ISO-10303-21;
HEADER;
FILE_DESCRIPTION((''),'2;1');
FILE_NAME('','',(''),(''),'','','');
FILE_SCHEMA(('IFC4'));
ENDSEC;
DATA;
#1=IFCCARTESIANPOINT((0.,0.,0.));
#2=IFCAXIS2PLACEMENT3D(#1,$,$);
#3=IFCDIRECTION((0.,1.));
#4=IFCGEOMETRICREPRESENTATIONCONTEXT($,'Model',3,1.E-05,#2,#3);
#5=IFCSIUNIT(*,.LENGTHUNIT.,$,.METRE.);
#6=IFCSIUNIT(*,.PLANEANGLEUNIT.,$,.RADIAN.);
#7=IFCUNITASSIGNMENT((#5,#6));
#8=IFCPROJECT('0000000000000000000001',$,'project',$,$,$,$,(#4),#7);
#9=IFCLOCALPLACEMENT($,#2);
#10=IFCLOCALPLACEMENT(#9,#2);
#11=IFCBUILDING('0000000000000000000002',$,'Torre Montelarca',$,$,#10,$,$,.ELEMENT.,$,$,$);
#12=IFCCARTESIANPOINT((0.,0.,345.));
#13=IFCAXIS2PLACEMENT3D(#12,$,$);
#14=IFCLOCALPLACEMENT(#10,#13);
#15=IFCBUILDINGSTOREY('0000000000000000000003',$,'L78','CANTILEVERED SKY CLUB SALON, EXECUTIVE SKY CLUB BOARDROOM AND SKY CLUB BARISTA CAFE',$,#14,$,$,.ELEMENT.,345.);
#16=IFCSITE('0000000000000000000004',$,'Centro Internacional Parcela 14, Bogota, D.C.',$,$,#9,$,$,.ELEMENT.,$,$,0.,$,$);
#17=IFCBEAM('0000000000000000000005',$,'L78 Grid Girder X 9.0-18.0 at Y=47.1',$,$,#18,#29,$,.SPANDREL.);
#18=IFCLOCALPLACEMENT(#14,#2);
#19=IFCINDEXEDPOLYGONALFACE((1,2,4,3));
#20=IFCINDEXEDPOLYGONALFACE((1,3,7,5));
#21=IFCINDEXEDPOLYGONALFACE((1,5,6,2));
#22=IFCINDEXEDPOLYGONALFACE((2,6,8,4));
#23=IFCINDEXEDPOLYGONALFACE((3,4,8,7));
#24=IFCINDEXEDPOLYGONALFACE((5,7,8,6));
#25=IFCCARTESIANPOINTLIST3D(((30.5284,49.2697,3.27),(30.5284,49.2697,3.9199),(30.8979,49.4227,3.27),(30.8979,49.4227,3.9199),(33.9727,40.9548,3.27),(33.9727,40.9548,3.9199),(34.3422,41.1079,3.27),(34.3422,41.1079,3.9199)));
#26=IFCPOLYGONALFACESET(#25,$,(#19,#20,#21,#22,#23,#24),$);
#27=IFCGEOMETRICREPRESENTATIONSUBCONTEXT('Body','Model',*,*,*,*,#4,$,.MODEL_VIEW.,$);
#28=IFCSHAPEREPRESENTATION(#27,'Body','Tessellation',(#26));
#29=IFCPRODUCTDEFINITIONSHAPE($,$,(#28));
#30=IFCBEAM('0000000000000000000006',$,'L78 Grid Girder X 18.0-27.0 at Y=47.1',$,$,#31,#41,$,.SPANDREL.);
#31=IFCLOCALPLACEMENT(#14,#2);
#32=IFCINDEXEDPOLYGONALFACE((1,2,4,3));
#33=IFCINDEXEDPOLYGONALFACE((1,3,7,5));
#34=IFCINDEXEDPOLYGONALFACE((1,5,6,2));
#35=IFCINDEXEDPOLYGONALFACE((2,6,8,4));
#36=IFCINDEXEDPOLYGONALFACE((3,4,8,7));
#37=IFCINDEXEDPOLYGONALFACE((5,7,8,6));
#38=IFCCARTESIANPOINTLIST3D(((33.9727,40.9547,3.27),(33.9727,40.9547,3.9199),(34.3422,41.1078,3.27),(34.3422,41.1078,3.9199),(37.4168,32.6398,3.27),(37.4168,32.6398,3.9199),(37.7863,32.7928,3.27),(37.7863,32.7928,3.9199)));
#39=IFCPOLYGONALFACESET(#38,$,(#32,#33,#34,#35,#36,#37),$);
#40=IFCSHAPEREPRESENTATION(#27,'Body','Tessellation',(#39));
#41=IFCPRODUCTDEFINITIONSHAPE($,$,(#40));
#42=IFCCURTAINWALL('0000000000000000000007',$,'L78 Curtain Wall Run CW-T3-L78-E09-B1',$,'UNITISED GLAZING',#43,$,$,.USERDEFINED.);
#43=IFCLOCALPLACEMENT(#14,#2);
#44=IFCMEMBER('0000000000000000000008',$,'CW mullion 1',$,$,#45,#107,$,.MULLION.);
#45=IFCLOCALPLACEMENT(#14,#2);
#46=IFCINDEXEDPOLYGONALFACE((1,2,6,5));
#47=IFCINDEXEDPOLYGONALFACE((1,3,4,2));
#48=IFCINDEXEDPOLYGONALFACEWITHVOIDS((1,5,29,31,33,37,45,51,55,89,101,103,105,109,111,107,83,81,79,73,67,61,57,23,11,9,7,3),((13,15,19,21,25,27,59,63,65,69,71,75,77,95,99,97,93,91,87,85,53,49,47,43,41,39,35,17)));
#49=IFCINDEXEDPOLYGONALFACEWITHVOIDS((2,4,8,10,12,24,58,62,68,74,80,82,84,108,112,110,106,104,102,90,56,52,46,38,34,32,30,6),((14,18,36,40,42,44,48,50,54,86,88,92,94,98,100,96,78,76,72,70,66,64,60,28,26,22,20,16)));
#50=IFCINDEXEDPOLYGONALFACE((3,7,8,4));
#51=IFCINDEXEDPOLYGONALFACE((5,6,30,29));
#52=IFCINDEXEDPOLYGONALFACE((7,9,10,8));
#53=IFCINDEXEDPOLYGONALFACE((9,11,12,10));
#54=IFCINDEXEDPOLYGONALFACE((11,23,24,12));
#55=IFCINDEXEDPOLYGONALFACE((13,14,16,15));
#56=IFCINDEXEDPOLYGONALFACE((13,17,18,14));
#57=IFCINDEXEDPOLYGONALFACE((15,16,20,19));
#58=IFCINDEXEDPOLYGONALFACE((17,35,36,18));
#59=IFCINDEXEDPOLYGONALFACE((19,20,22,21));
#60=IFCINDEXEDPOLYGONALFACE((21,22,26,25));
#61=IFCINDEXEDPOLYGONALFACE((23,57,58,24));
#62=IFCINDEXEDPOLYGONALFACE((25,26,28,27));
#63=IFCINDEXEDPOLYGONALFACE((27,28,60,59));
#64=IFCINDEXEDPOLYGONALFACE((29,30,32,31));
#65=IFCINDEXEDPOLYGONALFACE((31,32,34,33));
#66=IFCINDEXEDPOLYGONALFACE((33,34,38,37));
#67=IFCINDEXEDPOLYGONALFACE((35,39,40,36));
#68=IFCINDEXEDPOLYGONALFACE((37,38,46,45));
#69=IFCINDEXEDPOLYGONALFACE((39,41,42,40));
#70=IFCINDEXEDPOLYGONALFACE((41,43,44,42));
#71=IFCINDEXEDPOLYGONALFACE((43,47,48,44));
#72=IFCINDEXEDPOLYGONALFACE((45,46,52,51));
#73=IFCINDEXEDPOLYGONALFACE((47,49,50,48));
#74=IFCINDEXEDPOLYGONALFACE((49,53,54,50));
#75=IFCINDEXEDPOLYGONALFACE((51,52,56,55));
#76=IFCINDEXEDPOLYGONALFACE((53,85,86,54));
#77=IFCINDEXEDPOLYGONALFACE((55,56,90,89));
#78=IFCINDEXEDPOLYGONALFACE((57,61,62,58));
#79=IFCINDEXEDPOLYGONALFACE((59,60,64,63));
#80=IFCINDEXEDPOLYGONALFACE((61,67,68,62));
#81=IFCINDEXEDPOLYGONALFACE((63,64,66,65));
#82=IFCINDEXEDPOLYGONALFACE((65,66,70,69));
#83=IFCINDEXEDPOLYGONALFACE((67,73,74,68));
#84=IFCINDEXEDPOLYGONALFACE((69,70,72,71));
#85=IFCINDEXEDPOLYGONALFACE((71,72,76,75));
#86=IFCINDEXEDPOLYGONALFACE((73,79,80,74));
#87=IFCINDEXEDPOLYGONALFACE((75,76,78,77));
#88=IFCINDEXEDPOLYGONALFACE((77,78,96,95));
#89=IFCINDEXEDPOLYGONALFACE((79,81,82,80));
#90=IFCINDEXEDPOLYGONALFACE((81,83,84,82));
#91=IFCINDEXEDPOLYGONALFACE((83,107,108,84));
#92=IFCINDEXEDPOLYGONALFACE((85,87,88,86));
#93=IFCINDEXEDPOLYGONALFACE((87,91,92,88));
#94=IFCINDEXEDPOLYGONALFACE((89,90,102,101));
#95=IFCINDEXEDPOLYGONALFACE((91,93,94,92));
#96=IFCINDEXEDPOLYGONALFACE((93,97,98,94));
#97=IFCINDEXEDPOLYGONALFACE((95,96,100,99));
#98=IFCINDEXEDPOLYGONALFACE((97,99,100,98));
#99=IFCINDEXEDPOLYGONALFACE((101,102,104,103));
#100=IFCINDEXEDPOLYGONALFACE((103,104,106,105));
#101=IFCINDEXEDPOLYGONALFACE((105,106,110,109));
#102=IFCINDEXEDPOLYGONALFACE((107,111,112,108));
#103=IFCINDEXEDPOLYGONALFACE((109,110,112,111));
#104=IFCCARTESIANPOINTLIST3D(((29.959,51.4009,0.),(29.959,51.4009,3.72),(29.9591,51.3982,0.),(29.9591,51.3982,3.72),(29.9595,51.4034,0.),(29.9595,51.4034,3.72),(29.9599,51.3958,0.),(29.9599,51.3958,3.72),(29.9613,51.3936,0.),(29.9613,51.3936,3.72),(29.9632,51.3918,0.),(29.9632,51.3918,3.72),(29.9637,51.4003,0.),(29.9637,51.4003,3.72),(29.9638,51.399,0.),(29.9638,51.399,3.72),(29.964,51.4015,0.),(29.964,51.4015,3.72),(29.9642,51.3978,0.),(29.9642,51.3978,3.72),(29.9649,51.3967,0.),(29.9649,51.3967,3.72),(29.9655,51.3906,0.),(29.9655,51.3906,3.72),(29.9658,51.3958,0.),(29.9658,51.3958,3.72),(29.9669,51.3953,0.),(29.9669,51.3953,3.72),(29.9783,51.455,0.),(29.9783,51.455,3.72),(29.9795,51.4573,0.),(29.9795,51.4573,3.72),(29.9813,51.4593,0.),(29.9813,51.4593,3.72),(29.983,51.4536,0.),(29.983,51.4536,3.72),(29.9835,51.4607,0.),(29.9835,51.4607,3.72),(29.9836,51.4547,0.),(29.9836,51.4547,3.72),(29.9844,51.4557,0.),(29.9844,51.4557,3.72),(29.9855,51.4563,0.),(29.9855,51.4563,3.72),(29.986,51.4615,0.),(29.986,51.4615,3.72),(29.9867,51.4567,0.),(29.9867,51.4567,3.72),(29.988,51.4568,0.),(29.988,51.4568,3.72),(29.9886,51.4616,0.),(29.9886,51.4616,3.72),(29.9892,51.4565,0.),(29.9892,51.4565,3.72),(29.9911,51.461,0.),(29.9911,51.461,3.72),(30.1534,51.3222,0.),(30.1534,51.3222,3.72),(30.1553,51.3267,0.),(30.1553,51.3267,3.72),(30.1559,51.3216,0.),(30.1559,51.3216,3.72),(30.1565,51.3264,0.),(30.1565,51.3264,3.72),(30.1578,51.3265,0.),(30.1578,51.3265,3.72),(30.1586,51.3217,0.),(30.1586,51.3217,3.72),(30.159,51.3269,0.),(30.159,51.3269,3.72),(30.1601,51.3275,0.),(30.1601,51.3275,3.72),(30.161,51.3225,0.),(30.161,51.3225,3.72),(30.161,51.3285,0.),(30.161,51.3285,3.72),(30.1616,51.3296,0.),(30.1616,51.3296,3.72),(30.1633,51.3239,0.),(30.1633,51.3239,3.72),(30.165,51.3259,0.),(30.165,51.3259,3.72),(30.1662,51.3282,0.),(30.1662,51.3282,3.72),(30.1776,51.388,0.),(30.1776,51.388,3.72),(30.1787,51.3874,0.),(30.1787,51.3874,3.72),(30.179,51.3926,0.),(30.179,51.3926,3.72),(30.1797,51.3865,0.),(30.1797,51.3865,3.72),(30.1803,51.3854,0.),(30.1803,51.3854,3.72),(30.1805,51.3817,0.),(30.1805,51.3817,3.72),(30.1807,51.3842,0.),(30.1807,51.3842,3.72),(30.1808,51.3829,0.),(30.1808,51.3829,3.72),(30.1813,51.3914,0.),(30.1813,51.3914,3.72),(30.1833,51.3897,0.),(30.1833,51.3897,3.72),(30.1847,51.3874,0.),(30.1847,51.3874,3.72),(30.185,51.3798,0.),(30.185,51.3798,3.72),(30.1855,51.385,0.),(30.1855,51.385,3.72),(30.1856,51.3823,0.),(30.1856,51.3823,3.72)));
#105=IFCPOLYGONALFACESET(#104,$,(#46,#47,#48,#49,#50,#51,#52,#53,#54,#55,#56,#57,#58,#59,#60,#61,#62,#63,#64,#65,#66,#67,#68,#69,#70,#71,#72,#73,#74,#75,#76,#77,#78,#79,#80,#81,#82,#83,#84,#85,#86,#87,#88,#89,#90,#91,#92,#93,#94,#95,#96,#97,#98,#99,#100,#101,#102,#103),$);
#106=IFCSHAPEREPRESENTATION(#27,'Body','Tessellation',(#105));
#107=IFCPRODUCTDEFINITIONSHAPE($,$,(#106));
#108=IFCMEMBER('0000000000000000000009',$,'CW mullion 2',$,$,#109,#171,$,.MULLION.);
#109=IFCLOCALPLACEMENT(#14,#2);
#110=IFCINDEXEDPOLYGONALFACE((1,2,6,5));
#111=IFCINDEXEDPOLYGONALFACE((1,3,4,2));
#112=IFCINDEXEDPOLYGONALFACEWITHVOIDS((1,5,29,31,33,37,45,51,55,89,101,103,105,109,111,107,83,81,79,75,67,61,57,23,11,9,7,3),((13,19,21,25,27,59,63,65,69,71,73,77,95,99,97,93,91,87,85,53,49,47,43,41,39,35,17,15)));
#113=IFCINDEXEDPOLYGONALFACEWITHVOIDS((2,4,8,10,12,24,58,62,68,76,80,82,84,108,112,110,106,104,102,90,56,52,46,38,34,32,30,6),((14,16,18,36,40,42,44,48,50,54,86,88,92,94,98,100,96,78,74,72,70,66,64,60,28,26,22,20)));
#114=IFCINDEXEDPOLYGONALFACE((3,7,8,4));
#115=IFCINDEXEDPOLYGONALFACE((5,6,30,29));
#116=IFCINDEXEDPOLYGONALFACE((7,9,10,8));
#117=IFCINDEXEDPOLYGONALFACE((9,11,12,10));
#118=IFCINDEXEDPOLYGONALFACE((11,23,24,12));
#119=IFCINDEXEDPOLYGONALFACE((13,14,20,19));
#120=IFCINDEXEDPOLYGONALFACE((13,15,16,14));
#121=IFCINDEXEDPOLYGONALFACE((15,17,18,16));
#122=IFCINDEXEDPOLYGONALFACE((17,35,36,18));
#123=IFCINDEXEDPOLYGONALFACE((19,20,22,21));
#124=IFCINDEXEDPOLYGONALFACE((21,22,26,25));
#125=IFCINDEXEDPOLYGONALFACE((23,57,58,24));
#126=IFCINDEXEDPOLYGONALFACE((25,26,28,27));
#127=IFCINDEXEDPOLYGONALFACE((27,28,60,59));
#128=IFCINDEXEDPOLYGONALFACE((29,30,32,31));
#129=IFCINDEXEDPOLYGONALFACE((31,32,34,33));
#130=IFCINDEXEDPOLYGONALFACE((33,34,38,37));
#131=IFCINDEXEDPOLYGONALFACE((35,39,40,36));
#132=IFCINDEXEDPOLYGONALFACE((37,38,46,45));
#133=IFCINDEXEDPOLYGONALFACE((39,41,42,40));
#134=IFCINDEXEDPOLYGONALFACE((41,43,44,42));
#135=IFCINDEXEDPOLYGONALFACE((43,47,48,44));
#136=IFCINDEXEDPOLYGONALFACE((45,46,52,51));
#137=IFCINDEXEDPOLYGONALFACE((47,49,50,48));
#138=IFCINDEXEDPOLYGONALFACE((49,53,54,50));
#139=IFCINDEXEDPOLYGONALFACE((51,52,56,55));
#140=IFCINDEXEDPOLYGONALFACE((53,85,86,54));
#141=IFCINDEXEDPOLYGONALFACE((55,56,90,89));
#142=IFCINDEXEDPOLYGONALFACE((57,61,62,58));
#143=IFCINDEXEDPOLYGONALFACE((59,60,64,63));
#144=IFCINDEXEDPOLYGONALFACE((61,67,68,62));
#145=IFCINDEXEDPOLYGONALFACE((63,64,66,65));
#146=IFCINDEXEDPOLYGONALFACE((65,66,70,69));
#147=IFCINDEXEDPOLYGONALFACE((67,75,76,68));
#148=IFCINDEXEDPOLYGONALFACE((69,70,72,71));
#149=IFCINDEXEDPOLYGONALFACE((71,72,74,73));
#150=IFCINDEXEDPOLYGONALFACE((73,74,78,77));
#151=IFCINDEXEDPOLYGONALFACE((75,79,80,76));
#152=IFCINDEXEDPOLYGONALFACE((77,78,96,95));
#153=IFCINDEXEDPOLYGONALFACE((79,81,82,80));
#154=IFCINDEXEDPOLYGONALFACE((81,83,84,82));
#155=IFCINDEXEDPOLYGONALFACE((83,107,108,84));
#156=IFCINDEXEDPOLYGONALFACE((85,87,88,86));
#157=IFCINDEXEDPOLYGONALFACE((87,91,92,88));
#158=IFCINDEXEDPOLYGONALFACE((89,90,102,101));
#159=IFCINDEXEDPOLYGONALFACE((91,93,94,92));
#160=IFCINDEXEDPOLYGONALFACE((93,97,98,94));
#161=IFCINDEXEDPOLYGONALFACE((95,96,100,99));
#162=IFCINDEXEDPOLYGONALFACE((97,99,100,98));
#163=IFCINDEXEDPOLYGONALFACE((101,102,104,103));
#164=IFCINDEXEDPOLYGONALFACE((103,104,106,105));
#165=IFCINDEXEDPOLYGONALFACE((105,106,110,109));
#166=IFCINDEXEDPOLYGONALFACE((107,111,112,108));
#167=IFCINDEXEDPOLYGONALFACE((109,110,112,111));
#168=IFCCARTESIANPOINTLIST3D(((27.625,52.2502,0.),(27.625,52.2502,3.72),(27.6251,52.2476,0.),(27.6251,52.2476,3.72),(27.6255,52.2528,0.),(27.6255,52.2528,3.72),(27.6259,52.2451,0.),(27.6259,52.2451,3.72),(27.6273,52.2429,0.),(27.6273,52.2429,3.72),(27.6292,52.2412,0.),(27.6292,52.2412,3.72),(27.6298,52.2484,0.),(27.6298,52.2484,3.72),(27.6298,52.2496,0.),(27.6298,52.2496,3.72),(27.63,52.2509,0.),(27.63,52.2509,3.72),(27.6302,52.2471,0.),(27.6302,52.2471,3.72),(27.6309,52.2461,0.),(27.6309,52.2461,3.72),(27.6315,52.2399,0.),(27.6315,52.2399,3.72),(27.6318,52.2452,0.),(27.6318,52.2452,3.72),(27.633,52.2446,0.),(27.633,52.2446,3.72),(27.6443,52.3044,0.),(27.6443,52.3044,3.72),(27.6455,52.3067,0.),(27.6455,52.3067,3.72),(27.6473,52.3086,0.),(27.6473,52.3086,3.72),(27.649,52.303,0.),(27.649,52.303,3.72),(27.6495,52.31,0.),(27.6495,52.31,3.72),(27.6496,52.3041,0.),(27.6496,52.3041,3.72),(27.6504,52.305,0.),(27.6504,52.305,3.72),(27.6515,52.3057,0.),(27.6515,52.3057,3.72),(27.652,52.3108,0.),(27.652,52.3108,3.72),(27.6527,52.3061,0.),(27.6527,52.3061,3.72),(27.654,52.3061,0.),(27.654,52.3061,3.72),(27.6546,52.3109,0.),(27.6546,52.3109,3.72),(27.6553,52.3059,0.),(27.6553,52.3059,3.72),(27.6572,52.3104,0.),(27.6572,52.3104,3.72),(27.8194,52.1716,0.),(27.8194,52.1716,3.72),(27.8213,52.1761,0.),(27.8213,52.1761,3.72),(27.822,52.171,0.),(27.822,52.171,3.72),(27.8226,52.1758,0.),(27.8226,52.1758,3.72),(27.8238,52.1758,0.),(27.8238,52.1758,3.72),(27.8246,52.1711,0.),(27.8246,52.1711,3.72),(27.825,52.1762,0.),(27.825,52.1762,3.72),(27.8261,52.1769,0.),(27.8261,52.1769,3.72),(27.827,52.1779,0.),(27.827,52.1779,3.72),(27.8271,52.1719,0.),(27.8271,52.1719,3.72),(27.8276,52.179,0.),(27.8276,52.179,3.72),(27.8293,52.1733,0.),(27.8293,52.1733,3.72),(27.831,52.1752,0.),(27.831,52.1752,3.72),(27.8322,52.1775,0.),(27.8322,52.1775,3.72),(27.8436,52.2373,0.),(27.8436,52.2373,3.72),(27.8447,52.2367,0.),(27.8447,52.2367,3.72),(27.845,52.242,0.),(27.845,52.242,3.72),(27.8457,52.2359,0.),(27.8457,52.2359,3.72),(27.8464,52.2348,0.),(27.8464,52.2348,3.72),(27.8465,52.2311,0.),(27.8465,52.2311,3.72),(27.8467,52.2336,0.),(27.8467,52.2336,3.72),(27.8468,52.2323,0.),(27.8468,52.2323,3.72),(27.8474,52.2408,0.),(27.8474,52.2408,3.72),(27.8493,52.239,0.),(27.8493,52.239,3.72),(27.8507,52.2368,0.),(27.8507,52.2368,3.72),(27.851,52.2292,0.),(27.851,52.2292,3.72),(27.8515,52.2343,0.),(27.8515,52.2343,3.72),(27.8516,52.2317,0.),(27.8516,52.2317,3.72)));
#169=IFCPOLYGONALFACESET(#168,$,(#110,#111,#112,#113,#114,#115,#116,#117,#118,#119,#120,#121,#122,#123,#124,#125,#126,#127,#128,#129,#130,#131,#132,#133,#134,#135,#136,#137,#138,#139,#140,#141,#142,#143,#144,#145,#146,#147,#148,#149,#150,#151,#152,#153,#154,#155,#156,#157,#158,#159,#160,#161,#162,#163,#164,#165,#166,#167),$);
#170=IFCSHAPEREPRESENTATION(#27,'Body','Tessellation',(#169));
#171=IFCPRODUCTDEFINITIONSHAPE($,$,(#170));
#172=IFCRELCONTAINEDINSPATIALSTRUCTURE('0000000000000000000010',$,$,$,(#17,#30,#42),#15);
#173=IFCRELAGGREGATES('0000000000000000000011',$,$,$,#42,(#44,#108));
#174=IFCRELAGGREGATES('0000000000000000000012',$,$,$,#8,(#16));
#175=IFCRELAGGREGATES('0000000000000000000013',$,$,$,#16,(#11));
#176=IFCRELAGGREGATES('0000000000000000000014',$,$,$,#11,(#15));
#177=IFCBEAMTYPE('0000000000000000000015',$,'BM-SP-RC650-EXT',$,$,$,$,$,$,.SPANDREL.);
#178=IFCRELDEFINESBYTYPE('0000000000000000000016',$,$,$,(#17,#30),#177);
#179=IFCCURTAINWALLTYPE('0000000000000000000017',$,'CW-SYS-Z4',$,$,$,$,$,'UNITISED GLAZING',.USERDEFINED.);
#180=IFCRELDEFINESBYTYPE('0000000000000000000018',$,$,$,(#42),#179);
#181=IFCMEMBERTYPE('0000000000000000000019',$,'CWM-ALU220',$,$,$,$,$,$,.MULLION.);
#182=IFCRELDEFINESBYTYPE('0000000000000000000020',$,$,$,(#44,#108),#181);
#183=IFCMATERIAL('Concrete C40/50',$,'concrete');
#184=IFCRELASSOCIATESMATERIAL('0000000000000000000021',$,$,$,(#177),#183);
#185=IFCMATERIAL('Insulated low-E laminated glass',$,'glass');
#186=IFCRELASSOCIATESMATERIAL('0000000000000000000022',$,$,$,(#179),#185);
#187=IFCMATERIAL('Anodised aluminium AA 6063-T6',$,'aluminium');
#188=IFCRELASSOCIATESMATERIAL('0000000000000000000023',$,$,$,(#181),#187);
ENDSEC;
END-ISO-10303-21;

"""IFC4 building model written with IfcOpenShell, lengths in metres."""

from ifc_helpers import new_model, si_unit, direction, frame, origin, origin_2d, place, context, subcontext, project, spatial, rectangle, hollow_rectangle, extrude, source, transform, mapped, material, material_profile, profile_set, type_object, element, aggregate, save


model = new_model("IFC4")

# Units and contexts
model_context = context("Model", 3, precision=1e-05, world=origin(), true_north=direction((0.0, 1.0)))
body_context = subcontext(model_context, "Body", "Model", "MODEL_VIEW")
ifc_project = project(units=[si_unit("LENGTHUNIT", "METRE"), si_unit("PLANEANGLEUNIT", "RADIAN")], contexts=[model_context])

# Site, building, storey
site_placement = place(None, origin())
site = spatial("IfcSite", under=ifc_project, at=site_placement, Name="Centro Internacional Parcela 14, Bogota, D.C.", CompositionType="ELEMENT", RefElevation=0.0)
building_placement = place(site_placement, origin())
building = spatial("IfcBuilding", under=site, at=building_placement, Name="Torre Montelarca", CompositionType="ELEMENT")
storey_placement = place(building_placement, frame((0.0, 0.0, 345.0)))
storey = spatial("IfcBuildingStorey", under=building, at=storey_placement, Name="L78", Description="CANTILEVERED SKY CLUB SALON, EXECUTIVE SKY CLUB BOARDROOM AND SKY CLUB BARISTA CAFE", CompositionType="ELEMENT", Elevation=345.0)

# Shared definitions
ifc_material_1 = material(Name="Concrete C40/50", Category="concrete")

# Beams
ifc_material_profile_1 = material_profile(ifc_material_1, rectangle(XDim=0.3999, YDim=0.6499, at=origin_2d()), Name="RCB400X650", Category="concrete")
ifc_profile_set_1 = profile_set([ifc_material_profile_1], Name="Concrete C40/50")
beam_type = type_object("IfcBeamType", Name="BM-SP-RC650-EXT", PredefinedType="SPANDREL", material=ifc_profile_set_1)
shared_shape_1 = source(origin(), body_context, "Body", "SweptSolid", [
    extrude(rectangle(XDim=0.3999, YDim=0.6499, at=origin_2d()), origin(), (0.0, 0.0, 1.0), 9.0),
])
for number, where, z_axis, x_axis, name in (
    (1, (30.7131, 49.3462, 3.595), (0.3827, -0.923873, 0.0), (0.923873, 0.3827, 0.0), "L78 Grid Girder X 9.0-18.0 at Y=47.1"),
    (2, (34.1575, 41.0312, 3.595), (0.382677, -0.923882, 0.0), (0.923882, 0.382677, 0.0), "L78 Grid Girder X 18.0-27.0 at Y=47.1"),
):
    element("IfcBeam", number, at=place(storey_placement, frame(where, z_axis=z_axis, x_axis=x_axis)), inside=storey, type_object=beam_type, Name=name, PredefinedType="SPANDREL", context=body_context, shape_type="MappedRepresentation", body=[
        mapped(shared_shape_1, transform((0.0, 0.0, 0.0), scale=1.0)),
    ])

# Curtain wall, members
ifc_material_2 = material(Name="Insulated low-E laminated glass", Category="glass")
curtain_wall_type = type_object("IfcCurtainWallType", Name="CW-SYS-Z4", ElementType="UNITISED GLAZING", PredefinedType="USERDEFINED", material=ifc_material_2)
curtain_wall_1_placement = place(storey_placement, origin())
curtain_wall_1 = element("IfcCurtainWall", 3, at=curtain_wall_1_placement, inside=storey, type_object=curtain_wall_type, Name="L78 Curtain Wall Run CW-T3-L78-E09-B1", ObjectType="UNITISED GLAZING", PredefinedType="USERDEFINED")
ifc_material_3 = material(Name="Anodised aluminium AA 6063-T6", Category="aluminium")
ifc_material_profile_2 = material_profile(ifc_material_3, hollow_rectangle(XDim=0.075, YDim=0.22, WallThickness=0.0049, InnerFilletRadius=0.0049, OuterFilletRadius=0.01, at=origin_2d()), Name="ALU75X220X5", Category="aluminium")
ifc_profile_set_2 = profile_set([ifc_material_profile_2], Name="Anodised aluminium AA 6063-T6")
member_type_1 = type_object("IfcMemberType", Name="CWM-ALU220", PredefinedType="MULLION", material=ifc_profile_set_2)
shared_shape_2 = source(origin(), body_context, "Body", "SweptSolid", [
    extrude(hollow_rectangle(XDim=0.075, YDim=0.22, WallThickness=0.0049, InnerFilletRadius=0.0049, OuterFilletRadius=0.01, at=origin_2d()), origin(), (0.0, 0.0, 1.0), 3.72),
])
member_1_placement = place(storey_placement, frame((30.0723, 51.3916, 0.0), z_axis=(0.0, 0.0, 1.0), x_axis=(-0.342015, -0.939694, 0.0)))
member_1 = element("IfcMember", 4, at=member_1_placement, type_object=member_type_1, Name="CW mullion 1", PredefinedType="MULLION", context=body_context, shape_type="MappedRepresentation", body=[
    mapped(shared_shape_2, transform((0.0, 0.0, 0.0), scale=1.0)),
])
member_2_placement = place(storey_placement, frame((27.7383, 52.241, 0.0), z_axis=(0.0, 0.0, 1.0), x_axis=(-0.342015, -0.939694, 0.0)))
member_2 = element("IfcMember", 5, at=member_2_placement, type_object=member_type_1, Name="CW mullion 2", PredefinedType="MULLION", context=body_context, shape_type="MappedRepresentation", body=[
    mapped(shared_shape_2, transform((0.0, 0.0, 0.0), scale=1.0)),
])

aggregate(curtain_wall_1, [member_1, member_2])

save(model, "model.ifc")
